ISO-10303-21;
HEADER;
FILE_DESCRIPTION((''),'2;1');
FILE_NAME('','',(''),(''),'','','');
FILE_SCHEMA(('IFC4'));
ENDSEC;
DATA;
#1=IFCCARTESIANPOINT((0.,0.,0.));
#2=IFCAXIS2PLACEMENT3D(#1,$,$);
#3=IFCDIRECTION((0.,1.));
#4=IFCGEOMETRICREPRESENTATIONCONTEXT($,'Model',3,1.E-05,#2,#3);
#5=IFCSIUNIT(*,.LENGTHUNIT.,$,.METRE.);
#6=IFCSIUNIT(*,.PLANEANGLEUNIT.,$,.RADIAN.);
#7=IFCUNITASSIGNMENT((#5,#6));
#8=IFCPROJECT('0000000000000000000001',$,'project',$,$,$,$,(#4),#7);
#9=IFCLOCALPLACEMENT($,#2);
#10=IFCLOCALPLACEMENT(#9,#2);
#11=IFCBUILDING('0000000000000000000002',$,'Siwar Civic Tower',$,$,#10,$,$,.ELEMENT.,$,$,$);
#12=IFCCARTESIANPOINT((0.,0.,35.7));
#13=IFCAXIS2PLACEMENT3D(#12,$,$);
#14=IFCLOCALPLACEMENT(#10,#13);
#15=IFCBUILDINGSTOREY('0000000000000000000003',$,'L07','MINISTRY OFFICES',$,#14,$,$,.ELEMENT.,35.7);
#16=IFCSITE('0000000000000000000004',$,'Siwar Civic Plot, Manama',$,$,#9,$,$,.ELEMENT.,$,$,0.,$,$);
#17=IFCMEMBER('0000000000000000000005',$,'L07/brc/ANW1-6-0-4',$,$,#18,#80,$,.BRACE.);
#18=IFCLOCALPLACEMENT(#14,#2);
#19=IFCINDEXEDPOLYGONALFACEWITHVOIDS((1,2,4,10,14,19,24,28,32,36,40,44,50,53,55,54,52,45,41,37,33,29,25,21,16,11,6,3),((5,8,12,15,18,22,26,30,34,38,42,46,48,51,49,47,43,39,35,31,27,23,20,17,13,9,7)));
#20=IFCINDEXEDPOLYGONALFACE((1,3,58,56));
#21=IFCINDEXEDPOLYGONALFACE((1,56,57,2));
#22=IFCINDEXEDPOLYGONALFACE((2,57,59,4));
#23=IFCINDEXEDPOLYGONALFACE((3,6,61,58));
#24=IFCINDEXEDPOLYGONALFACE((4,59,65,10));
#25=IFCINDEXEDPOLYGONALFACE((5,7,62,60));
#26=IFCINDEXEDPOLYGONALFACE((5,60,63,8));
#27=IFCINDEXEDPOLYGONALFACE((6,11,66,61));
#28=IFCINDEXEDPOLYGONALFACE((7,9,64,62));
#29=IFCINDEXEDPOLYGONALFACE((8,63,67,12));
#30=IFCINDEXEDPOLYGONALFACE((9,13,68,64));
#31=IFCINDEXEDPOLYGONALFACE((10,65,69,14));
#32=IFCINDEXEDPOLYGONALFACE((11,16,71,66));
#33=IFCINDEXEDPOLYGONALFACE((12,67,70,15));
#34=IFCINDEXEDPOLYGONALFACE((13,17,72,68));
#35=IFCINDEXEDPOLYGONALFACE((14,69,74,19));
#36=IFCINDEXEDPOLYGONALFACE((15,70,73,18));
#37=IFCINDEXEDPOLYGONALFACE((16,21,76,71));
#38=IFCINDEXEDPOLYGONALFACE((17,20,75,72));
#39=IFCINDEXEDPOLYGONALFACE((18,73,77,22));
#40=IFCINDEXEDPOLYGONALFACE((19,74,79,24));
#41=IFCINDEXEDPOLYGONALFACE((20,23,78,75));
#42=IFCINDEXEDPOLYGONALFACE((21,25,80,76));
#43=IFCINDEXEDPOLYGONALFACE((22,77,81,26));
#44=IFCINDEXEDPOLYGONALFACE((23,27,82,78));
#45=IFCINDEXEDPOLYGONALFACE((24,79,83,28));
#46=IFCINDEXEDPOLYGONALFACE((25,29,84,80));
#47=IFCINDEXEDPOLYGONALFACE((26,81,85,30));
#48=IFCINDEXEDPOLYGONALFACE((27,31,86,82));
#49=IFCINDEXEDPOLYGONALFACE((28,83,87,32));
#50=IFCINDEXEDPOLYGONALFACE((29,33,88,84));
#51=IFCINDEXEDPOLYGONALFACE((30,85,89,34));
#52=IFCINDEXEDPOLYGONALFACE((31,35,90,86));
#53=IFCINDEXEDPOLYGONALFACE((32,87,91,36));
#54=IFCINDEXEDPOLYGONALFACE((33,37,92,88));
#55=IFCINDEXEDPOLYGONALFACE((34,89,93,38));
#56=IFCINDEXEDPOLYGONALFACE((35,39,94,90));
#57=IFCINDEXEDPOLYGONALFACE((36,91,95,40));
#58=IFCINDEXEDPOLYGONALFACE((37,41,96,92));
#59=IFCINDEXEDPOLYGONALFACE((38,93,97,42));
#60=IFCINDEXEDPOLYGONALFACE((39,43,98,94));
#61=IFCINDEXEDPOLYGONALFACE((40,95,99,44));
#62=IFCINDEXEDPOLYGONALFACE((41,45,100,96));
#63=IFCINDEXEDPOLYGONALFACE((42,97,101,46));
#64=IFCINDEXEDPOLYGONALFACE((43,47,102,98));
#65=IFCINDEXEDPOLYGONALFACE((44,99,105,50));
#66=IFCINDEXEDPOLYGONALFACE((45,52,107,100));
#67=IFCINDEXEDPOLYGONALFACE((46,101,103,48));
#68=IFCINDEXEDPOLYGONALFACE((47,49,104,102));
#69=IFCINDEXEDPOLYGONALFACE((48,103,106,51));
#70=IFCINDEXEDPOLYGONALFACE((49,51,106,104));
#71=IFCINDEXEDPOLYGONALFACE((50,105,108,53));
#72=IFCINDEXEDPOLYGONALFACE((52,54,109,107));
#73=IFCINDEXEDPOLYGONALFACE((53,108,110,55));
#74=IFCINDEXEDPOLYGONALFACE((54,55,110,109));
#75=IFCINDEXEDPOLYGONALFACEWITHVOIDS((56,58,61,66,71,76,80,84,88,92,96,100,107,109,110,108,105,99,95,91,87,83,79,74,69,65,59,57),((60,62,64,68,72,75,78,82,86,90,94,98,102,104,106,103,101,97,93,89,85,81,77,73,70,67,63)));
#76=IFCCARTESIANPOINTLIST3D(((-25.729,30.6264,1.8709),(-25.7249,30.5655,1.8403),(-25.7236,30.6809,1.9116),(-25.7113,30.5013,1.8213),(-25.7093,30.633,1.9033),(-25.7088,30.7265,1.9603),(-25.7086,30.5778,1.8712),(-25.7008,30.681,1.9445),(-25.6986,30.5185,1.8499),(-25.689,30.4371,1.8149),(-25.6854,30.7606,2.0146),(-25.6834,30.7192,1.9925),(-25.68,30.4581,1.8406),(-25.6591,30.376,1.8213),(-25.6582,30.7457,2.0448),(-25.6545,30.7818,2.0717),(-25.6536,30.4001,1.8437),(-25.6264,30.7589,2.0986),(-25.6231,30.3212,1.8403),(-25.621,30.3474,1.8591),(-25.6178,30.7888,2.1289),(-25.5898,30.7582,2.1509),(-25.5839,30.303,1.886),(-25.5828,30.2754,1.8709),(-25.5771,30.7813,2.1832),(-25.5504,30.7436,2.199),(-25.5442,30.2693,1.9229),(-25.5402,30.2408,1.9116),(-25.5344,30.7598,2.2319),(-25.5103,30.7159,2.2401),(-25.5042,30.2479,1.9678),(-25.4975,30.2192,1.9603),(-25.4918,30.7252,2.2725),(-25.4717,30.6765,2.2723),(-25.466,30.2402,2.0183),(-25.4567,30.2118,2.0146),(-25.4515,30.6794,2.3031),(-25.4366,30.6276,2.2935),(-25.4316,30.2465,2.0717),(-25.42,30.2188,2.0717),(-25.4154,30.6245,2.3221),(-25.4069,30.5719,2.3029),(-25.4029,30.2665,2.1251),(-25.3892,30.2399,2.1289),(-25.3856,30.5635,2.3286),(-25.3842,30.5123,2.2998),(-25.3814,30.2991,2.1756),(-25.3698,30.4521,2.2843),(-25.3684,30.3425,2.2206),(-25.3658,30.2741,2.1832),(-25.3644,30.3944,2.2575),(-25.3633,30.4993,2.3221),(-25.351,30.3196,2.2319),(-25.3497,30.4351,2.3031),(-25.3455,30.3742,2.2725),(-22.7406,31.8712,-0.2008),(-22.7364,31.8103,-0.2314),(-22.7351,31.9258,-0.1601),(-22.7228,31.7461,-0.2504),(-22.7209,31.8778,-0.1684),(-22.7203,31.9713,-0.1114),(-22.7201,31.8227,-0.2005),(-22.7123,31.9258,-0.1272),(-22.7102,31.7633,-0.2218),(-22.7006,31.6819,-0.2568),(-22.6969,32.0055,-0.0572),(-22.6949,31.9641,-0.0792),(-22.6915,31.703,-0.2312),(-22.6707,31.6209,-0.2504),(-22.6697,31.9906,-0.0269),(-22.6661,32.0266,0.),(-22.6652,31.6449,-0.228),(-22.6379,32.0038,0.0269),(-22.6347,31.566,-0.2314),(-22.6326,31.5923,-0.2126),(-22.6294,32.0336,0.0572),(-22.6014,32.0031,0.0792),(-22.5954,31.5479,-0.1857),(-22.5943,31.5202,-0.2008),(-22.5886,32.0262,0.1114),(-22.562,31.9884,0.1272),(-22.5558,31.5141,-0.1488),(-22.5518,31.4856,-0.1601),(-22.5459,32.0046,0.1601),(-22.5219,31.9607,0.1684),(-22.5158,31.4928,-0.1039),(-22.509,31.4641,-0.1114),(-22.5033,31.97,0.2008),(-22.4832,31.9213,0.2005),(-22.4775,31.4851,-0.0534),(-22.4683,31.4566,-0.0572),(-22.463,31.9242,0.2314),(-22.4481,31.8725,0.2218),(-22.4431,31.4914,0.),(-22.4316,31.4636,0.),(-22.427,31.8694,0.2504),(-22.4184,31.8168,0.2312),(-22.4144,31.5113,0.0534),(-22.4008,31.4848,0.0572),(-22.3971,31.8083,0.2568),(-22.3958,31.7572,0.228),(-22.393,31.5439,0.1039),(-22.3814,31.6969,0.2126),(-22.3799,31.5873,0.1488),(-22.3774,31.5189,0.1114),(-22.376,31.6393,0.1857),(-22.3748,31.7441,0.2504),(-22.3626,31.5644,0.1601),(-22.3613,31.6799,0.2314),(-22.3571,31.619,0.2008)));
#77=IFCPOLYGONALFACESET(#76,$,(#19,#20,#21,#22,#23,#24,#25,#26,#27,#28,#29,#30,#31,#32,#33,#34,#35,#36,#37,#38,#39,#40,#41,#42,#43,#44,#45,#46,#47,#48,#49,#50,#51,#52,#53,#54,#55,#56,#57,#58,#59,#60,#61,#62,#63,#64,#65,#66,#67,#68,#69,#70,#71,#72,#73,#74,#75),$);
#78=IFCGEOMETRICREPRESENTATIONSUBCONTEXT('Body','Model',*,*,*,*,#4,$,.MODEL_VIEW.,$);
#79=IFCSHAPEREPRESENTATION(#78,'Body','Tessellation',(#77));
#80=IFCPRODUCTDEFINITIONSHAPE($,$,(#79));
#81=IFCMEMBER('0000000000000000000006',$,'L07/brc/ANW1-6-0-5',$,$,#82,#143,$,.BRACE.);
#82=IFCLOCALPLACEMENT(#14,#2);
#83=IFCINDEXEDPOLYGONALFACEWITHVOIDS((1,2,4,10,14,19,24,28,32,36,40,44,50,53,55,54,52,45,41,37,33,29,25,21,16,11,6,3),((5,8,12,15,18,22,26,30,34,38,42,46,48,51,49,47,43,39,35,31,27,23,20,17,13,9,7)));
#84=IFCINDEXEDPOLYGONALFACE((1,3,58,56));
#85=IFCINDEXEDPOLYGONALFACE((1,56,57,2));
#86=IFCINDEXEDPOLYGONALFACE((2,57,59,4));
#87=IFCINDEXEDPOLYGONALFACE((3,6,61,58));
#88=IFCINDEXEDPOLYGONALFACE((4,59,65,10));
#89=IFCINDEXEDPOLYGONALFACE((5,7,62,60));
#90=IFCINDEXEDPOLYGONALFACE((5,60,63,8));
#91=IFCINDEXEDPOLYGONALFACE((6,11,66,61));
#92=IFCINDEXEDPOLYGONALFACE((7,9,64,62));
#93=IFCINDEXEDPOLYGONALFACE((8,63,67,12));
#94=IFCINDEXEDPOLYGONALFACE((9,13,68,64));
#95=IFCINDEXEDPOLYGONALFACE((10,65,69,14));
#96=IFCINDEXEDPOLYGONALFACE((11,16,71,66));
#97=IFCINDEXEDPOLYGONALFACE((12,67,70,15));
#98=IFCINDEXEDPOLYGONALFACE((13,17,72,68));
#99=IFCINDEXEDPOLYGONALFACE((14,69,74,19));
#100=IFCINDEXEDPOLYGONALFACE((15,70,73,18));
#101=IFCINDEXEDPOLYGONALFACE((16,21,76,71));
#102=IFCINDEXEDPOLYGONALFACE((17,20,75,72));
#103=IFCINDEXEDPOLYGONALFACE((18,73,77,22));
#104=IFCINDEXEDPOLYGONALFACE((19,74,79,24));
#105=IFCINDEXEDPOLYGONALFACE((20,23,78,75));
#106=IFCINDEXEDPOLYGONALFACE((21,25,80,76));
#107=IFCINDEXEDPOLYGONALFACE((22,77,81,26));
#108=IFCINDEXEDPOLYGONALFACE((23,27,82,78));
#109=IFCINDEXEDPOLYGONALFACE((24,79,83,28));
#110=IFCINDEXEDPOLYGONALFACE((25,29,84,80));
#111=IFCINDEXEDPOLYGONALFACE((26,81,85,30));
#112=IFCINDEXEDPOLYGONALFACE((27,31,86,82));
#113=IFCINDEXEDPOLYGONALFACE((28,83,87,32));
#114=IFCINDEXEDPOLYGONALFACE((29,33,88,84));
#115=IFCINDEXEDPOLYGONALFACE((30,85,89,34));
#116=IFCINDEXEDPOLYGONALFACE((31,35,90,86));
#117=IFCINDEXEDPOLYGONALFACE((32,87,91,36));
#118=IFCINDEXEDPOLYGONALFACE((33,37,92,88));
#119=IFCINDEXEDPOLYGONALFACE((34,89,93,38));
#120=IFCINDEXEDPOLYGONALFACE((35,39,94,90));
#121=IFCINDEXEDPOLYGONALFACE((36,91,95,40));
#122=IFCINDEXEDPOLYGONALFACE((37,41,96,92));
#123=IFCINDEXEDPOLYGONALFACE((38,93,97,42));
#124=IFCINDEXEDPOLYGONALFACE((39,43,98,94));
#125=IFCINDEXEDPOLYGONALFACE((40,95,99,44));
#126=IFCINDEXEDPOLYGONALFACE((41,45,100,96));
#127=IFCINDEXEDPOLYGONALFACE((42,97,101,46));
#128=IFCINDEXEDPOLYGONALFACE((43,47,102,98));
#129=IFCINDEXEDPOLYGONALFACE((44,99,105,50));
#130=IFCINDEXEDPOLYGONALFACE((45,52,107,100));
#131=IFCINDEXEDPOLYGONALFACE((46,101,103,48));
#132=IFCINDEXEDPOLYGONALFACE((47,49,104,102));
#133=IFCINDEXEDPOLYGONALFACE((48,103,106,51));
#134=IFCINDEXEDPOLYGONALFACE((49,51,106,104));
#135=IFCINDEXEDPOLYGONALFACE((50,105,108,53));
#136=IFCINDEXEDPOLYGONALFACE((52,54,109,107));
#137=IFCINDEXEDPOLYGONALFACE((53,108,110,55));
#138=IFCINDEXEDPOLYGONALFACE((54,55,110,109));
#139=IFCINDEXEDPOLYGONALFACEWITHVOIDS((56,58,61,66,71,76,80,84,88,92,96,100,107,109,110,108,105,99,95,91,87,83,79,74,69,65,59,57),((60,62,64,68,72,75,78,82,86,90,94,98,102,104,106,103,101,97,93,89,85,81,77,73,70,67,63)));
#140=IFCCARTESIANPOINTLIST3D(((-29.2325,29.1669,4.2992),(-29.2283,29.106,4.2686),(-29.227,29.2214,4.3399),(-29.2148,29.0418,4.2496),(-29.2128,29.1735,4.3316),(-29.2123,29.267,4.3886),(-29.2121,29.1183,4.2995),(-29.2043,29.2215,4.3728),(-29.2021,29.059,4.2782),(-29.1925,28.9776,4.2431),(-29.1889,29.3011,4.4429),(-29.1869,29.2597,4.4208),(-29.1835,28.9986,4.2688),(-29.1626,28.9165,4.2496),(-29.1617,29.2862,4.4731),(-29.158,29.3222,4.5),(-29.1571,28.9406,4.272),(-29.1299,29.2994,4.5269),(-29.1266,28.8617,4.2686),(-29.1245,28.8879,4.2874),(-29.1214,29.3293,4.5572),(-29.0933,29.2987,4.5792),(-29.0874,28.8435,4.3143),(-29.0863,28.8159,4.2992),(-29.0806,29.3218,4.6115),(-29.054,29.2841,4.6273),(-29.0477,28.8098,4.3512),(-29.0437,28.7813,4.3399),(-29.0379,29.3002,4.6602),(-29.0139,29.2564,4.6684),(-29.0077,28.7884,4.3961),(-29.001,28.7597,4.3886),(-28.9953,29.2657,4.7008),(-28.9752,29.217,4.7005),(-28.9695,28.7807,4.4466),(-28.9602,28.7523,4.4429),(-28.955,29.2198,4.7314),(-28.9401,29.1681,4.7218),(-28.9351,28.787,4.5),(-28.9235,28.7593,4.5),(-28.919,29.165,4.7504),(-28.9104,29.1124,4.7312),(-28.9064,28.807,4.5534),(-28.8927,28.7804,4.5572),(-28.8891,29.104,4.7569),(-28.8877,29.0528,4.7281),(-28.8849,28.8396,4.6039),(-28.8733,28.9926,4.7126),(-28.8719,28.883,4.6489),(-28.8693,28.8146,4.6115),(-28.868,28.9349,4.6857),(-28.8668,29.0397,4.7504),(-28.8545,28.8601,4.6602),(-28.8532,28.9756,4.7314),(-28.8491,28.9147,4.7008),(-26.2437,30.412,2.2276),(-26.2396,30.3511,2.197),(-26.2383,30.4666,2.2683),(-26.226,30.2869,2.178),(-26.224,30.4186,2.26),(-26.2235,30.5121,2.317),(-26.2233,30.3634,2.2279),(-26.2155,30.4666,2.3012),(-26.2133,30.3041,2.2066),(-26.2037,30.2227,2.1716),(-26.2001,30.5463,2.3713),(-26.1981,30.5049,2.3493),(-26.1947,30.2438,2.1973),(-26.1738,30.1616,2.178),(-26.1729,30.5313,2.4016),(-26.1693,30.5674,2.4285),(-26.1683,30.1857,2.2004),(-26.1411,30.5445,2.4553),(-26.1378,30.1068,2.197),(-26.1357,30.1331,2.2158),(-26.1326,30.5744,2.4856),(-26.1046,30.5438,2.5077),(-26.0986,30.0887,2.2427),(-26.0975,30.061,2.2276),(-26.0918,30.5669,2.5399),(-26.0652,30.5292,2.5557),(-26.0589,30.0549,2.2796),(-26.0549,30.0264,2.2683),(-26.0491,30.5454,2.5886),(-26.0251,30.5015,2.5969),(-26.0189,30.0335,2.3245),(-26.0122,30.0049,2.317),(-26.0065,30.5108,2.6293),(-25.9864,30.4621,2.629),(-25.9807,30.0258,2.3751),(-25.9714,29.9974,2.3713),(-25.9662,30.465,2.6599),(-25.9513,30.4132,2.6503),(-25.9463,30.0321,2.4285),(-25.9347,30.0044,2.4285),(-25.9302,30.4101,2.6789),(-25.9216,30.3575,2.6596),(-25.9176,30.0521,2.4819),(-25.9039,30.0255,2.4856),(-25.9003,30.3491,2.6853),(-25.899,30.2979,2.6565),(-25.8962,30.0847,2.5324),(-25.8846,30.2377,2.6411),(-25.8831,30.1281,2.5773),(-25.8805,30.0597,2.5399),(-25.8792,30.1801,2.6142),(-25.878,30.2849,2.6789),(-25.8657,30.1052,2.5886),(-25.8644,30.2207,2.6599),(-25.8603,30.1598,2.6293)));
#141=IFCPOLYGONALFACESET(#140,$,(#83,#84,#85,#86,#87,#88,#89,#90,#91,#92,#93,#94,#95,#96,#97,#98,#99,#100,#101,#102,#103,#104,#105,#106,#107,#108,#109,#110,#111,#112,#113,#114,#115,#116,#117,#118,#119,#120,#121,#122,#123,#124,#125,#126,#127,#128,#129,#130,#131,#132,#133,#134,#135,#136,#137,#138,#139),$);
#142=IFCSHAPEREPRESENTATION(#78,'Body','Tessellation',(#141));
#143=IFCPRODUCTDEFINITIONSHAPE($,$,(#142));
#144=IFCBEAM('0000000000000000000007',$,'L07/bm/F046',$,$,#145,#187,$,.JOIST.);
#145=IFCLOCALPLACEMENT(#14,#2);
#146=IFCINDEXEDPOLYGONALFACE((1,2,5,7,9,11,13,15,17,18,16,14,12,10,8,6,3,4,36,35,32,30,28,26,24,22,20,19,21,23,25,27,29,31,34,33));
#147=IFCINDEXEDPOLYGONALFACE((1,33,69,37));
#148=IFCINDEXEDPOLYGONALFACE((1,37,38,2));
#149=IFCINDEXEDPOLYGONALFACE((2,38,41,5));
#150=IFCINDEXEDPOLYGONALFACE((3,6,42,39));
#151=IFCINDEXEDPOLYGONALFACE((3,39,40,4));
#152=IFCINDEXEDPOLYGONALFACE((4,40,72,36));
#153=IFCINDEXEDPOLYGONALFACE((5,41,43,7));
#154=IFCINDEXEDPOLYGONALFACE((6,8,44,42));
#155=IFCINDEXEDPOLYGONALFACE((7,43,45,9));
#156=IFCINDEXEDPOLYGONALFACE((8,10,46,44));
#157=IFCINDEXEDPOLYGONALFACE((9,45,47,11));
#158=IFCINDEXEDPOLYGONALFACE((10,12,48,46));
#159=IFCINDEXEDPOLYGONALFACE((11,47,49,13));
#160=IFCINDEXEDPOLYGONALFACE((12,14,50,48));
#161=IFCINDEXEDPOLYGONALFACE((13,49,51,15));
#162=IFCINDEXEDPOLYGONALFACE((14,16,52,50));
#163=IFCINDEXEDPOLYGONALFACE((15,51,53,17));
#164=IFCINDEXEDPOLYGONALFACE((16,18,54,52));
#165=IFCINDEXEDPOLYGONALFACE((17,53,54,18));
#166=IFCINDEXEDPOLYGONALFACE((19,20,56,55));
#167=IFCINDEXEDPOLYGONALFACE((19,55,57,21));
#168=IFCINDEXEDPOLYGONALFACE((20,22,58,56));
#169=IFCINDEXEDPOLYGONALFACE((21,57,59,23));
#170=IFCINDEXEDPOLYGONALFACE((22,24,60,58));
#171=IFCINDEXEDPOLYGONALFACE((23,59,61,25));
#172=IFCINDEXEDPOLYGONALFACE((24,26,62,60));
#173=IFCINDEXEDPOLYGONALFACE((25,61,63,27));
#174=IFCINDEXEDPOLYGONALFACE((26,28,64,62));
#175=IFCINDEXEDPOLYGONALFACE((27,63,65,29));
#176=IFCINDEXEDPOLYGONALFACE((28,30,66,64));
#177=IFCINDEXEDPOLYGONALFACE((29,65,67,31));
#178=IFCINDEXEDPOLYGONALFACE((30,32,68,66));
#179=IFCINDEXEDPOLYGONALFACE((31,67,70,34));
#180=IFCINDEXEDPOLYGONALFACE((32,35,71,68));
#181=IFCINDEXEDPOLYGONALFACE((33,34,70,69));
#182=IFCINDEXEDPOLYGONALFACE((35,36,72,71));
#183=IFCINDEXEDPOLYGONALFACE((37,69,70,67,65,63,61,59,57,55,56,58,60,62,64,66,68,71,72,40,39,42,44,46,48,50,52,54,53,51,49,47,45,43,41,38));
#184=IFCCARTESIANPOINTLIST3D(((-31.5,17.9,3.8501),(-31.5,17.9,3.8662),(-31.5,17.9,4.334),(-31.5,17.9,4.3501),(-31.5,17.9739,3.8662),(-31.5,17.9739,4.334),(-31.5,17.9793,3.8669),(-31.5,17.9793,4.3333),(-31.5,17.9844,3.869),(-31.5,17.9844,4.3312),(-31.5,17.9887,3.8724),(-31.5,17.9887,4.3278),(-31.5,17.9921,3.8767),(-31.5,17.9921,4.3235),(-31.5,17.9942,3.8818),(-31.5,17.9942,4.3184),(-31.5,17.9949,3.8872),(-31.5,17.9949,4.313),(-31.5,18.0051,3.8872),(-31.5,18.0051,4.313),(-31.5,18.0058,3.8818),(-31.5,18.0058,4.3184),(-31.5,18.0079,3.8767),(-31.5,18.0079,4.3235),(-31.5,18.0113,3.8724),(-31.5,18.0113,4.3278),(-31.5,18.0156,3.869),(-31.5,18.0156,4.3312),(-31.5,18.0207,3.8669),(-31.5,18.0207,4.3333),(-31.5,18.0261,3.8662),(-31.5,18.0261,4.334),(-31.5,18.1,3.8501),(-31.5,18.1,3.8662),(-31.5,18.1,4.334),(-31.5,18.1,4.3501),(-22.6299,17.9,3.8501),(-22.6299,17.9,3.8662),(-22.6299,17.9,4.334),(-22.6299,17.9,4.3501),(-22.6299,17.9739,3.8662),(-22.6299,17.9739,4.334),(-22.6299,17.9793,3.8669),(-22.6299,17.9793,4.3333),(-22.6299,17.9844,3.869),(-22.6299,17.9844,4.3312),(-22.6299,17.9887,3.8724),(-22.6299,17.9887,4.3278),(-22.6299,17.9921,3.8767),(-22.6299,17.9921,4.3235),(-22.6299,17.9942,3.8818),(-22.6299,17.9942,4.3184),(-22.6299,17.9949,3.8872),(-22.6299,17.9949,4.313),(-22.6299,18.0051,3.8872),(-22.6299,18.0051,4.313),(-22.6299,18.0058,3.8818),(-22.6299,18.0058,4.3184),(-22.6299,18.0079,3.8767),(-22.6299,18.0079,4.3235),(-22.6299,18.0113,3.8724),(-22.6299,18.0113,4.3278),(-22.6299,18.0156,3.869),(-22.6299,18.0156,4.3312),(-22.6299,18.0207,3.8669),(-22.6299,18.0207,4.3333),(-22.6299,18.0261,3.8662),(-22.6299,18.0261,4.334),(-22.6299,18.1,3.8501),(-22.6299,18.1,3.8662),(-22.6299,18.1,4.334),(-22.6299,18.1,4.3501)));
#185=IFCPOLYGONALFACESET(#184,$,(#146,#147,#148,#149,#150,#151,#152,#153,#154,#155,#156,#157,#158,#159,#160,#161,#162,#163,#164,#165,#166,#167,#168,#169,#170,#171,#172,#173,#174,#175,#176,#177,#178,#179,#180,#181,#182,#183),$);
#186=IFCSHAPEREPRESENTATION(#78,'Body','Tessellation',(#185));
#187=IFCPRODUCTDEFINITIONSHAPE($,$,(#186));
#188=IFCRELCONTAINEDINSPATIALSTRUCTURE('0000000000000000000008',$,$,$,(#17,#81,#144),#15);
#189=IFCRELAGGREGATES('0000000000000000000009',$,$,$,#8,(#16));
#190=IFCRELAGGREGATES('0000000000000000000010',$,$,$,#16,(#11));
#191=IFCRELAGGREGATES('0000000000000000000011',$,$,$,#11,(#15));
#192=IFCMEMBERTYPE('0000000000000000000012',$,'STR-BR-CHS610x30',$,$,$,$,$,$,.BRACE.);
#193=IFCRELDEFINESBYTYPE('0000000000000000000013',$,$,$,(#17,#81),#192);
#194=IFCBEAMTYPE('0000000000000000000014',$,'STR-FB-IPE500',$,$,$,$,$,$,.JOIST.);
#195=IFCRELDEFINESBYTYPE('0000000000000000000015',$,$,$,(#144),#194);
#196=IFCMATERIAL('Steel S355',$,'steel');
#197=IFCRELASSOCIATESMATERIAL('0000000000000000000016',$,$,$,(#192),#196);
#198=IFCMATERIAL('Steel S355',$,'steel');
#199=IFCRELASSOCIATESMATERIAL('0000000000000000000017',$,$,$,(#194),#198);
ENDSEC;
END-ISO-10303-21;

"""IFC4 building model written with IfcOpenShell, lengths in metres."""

from ifc_helpers import new_model, si_unit, direction, frame, origin, origin_2d, place, context, subcontext, project, spatial, hollow_circle, i_section, extrude, material, material_profile, profile_set, type_object, element, save


model = new_model("IFC4")

# Units and contexts
model_context = context("Model", 3, precision=1e-05, world=origin(), true_north=direction((0.0, 1.0)))
body_context = subcontext(model_context, "Body", "Model", "MODEL_VIEW")
ifc_project = project(units=[si_unit("LENGTHUNIT", "METRE"), si_unit("PLANEANGLEUNIT", "RADIAN")], contexts=[model_context])

# Site, building, storey
site_placement = place(None, origin())
site = spatial("IfcSite", under=ifc_project, at=site_placement, Name="Siwar Civic Plot, Manama", CompositionType="ELEMENT", RefElevation=0.0)
building_placement = place(site_placement, origin())
building = spatial("IfcBuilding", under=site, at=building_placement, Name="Siwar Civic Tower", CompositionType="ELEMENT")
storey_placement = place(building_placement, frame((0.0, 0.0, 35.7)))
storey = spatial("IfcBuildingStorey", under=building, at=storey_placement, Name="L07", Description="MINISTRY OFFICES", CompositionType="ELEMENT", Elevation=35.7)

# Members
ifc_material_1 = material(Name="Steel S355", Category="steel")
ifc_material_profile_1 = material_profile(ifc_material_1, hollow_circle(Radius=0.3049, WallThickness=0.03, at=origin_2d()), Name="CHS610x30")
ifc_profile_set_1 = profile_set([ifc_material_profile_1], Name="Steel S355")
member_type_1 = type_object("IfcMemberType", Name="STR-BR-CHS610x30", PredefinedType="BRACE", material=ifc_profile_set_1)
member_1_placement = place(storey_placement, frame((-22.5488, 31.7451, 0.0), z_axis=(-0.777533, -0.323882, 0.53902), x_axis=(0.384524, -0.923115, 0.0)))
element("IfcMember", 1, at=member_1_placement, inside=storey, type_object=member_type_1, Name="L07/brc/ANW1-6-0-4", PredefinedType="BRACE", context=body_context, shape_type="SweptSolid", body=[
    extrude(hollow_circle(Radius=0.3049, WallThickness=0.03, at=origin_2d()), origin(), (0.0, 0.0, 1.0), 3.8435),
])
member_2_placement = place(storey_placement, frame((-26.052, 30.2859, 2.4285), z_axis=(-0.777569, -0.323934, 0.538937), x_axis=(0.384562, -0.923099, 0.0)))
element("IfcMember", 2, at=member_2_placement, inside=storey, type_object=member_type_1, Name="L07/brc/ANW1-6-0-5", PredefinedType="BRACE", context=body_context, shape_type="SweptSolid", body=[
    extrude(hollow_circle(Radius=0.3049, WallThickness=0.03, at=origin_2d()), origin(), (0.0, 0.0, 1.0), 3.8438),
])

# Beam
ifc_material_2 = material(Name="Steel S355", Category="steel")
ifc_material_profile_2 = material_profile(ifc_material_2, i_section(OverallWidth=0.2, OverallDepth=0.5, WebThickness=0.0103, FlangeThickness=0.0161, FilletRadius=0.021, at=origin_2d()), Name="IPE500")
ifc_profile_set_2 = profile_set([ifc_material_profile_2], Name="Steel S355")
beam_type_1 = type_object("IfcBeamType", Name="STR-FB-IPE500", PredefinedType="JOIST", material=ifc_profile_set_2)
beam_1_placement = place(storey_placement, frame((-31.5, 18.0, 4.1001), z_axis=(1.0, 0.0, 0.0), x_axis=(0.0, 1.0, 0.0)))
element("IfcBeam", 3, at=beam_1_placement, inside=storey, type_object=beam_type_1, Name="L07/bm/F046", PredefinedType="JOIST", context=body_context, shape_type="SweptSolid", body=[
    extrude(i_section(OverallWidth=0.2, OverallDepth=0.5, WebThickness=0.0103, FlangeThickness=0.0161, FilletRadius=0.021, at=origin_2d()), origin(), (0.0, 0.0, 1.0), 8.8701),
])

save(model, "model.ifc")
